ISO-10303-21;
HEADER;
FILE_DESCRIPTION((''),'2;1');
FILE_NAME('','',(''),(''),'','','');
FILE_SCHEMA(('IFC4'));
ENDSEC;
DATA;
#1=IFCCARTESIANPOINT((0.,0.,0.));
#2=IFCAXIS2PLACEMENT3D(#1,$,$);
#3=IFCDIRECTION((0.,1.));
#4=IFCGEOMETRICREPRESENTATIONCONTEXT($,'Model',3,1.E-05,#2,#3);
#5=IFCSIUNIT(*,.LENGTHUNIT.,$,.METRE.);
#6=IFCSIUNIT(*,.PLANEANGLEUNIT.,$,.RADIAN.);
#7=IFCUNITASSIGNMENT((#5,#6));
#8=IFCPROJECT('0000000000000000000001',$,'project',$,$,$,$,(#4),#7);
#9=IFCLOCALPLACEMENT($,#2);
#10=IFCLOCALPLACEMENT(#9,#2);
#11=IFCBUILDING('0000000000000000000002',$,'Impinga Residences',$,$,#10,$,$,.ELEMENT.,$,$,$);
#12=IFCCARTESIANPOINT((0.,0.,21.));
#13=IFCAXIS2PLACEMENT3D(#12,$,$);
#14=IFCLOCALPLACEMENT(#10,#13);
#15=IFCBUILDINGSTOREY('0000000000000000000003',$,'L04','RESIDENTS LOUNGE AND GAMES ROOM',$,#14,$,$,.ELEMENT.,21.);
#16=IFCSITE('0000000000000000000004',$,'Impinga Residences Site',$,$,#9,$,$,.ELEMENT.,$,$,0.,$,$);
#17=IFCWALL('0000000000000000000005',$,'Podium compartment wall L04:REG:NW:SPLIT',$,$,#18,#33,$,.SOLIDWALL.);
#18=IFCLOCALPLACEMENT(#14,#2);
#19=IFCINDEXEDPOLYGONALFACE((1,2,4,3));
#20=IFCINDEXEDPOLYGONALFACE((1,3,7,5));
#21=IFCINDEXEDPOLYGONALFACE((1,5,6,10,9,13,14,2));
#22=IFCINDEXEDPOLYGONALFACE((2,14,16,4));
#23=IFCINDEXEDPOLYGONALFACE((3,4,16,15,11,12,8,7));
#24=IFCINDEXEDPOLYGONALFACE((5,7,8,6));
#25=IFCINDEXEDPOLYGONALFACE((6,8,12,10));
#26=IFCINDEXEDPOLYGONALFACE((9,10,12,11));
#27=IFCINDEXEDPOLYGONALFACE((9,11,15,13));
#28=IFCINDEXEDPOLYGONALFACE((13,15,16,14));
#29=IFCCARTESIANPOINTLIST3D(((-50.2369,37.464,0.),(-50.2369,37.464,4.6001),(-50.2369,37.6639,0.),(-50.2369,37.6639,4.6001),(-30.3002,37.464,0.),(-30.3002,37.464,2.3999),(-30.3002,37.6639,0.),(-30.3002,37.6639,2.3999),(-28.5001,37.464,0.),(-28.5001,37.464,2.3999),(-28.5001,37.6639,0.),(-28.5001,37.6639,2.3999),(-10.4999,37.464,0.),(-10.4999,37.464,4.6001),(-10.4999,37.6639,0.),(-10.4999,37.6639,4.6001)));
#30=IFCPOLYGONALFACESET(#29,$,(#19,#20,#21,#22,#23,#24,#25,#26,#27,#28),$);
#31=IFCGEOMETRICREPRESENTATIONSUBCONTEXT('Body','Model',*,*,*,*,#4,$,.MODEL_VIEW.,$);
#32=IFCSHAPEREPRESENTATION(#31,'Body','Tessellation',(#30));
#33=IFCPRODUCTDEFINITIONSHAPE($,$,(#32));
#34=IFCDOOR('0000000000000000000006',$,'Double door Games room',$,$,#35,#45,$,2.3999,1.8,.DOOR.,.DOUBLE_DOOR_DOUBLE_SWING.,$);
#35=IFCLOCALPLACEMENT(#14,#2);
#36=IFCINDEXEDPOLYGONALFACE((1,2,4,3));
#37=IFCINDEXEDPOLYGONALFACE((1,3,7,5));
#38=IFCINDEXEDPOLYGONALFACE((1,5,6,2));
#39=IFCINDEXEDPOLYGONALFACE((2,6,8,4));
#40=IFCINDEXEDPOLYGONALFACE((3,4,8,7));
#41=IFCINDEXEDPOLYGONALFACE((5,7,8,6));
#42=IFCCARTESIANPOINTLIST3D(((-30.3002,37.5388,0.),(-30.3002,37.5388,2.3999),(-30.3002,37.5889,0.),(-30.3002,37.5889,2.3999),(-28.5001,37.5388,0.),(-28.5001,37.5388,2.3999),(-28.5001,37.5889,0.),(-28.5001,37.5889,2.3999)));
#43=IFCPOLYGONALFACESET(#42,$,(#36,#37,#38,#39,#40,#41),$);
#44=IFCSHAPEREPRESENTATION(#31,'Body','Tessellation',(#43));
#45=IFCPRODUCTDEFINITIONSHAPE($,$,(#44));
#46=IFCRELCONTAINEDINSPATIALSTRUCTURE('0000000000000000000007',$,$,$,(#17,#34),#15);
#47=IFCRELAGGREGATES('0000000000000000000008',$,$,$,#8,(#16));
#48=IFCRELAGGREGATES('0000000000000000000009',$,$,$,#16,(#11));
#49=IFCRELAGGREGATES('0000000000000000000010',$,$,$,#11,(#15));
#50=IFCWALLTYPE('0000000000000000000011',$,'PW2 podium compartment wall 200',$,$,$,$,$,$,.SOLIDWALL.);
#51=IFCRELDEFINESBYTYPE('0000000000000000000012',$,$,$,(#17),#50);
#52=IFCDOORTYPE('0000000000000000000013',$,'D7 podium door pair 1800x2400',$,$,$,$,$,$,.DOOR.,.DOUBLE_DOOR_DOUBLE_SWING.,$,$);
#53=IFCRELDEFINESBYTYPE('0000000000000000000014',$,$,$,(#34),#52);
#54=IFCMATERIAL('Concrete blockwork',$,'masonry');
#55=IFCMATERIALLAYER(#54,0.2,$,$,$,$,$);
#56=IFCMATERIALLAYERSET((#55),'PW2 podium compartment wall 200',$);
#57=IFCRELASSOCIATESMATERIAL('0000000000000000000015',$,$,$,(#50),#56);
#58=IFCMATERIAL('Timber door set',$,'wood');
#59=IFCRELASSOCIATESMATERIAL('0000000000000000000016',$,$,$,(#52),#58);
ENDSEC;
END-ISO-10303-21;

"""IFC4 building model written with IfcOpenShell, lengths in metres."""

from ifc_helpers import new_model, si_unit, direction, frame, frame_2d, origin, place, context, subcontext, project, spatial, rectangle, extrude, material, layer, layer_set, type_object, element, fill, save


model = new_model("IFC4")

# Units and contexts
model_context = context("Model", 3, precision=1e-05, world=origin(), true_north=direction((0.0, 1.0)))
body_context = subcontext(model_context, "Body", "Model", "MODEL_VIEW")
ifc_project = project(units=[si_unit("LENGTHUNIT", "METRE"), si_unit("PLANEANGLEUNIT", "RADIAN")], contexts=[model_context])

# Site, building, storey
site_placement = place(None, origin())
site = spatial("IfcSite", under=ifc_project, at=site_placement, Name="Impinga Residences Site", CompositionType="ELEMENT", RefElevation=0.0)
building_placement = place(site_placement, origin())
building = spatial("IfcBuilding", under=site, at=building_placement, Name="Impinga Residences", CompositionType="ELEMENT")
storey_placement = place(building_placement, frame((0.0, 0.0, 21.0)))
storey = spatial("IfcBuildingStorey", under=building, at=storey_placement, Name="L04", Description="RESIDENTS LOUNGE AND GAMES ROOM", CompositionType="ELEMENT", Elevation=21.0)

# Wall, opening, door
ifc_material_1 = material(Name="Concrete blockwork", Category="masonry")
ifc_layer_1 = layer(ifc_material_1, 0.2)
ifc_layer_set_1 = layer_set([ifc_layer_1], Name="PW2 podium compartment wall 200")
wall_type = type_object("IfcWallType", Name="PW2 podium compartment wall 200", PredefinedType="SOLIDWALL", material=ifc_layer_set_1)
wall_placement = place(storey_placement, frame((-50.2371, 37.564, 0.0), z_axis=(0.0, 0.0, 1.0), x_axis=(1.0, 0.0, 0.0)))
wall = element("IfcWall", 1, at=wall_placement, inside=storey, type_object=wall_type, Name="Podium compartment wall L04:REG:NW:SPLIT", PredefinedType="SOLIDWALL", context=body_context, shape_type="SweptSolid", body=[
    extrude(rectangle(XDim=39.7371, YDim=0.2, at=frame_2d((19.8687, 0.0))), origin(), (0.0, 0.0, 1.0), 4.6001),
])
opening_placement = place(wall_placement, frame((19.937, 0.0, 0.0)))
opening = element("IfcOpeningElement", 2, at=opening_placement, cuts=wall, PredefinedType="OPENING", context=body_context, shape_type="SweptSolid", body=[
    extrude(rectangle(XDim=1.8, YDim=2.3999, at=frame_2d((0.8999, 1.2))), frame((0.0, 0.1099, 0.0), z_axis=(0.0, -1.0, 0.0), x_axis=(1.0, 0.0, 0.0)), (0.0, 0.0, 1.0), 0.22),
])
ifc_material_2 = material(Name="Timber door set", Category="wood")
door_type = type_object("IfcDoorType", Name="D7 podium door pair 1800x2400", OperationType="DOUBLE_DOOR_DOUBLE_SWING", PredefinedType="DOOR", material=ifc_material_2)
door_placement = place(opening_placement, origin())
door = element("IfcDoor", 3, at=door_placement, inside=storey, type_object=door_type, Name="Double door Games room", OperationType="DOUBLE_DOOR_DOUBLE_SWING", OverallHeight=2.3999, OverallWidth=1.8, PredefinedType="DOOR", context=body_context, shape_type="SweptSolid", body=[
    extrude(rectangle(XDim=1.8, YDim=2.3999, at=frame_2d((0.8999, 1.2))), frame((0.0, 0.0249, 0.0), z_axis=(0.0, -1.0, 0.0), x_axis=(1.0, 0.0, 0.0)), (0.0, 0.0, 1.0), 0.05),
])
fill(opening, door)

save(model, "model.ifc")
